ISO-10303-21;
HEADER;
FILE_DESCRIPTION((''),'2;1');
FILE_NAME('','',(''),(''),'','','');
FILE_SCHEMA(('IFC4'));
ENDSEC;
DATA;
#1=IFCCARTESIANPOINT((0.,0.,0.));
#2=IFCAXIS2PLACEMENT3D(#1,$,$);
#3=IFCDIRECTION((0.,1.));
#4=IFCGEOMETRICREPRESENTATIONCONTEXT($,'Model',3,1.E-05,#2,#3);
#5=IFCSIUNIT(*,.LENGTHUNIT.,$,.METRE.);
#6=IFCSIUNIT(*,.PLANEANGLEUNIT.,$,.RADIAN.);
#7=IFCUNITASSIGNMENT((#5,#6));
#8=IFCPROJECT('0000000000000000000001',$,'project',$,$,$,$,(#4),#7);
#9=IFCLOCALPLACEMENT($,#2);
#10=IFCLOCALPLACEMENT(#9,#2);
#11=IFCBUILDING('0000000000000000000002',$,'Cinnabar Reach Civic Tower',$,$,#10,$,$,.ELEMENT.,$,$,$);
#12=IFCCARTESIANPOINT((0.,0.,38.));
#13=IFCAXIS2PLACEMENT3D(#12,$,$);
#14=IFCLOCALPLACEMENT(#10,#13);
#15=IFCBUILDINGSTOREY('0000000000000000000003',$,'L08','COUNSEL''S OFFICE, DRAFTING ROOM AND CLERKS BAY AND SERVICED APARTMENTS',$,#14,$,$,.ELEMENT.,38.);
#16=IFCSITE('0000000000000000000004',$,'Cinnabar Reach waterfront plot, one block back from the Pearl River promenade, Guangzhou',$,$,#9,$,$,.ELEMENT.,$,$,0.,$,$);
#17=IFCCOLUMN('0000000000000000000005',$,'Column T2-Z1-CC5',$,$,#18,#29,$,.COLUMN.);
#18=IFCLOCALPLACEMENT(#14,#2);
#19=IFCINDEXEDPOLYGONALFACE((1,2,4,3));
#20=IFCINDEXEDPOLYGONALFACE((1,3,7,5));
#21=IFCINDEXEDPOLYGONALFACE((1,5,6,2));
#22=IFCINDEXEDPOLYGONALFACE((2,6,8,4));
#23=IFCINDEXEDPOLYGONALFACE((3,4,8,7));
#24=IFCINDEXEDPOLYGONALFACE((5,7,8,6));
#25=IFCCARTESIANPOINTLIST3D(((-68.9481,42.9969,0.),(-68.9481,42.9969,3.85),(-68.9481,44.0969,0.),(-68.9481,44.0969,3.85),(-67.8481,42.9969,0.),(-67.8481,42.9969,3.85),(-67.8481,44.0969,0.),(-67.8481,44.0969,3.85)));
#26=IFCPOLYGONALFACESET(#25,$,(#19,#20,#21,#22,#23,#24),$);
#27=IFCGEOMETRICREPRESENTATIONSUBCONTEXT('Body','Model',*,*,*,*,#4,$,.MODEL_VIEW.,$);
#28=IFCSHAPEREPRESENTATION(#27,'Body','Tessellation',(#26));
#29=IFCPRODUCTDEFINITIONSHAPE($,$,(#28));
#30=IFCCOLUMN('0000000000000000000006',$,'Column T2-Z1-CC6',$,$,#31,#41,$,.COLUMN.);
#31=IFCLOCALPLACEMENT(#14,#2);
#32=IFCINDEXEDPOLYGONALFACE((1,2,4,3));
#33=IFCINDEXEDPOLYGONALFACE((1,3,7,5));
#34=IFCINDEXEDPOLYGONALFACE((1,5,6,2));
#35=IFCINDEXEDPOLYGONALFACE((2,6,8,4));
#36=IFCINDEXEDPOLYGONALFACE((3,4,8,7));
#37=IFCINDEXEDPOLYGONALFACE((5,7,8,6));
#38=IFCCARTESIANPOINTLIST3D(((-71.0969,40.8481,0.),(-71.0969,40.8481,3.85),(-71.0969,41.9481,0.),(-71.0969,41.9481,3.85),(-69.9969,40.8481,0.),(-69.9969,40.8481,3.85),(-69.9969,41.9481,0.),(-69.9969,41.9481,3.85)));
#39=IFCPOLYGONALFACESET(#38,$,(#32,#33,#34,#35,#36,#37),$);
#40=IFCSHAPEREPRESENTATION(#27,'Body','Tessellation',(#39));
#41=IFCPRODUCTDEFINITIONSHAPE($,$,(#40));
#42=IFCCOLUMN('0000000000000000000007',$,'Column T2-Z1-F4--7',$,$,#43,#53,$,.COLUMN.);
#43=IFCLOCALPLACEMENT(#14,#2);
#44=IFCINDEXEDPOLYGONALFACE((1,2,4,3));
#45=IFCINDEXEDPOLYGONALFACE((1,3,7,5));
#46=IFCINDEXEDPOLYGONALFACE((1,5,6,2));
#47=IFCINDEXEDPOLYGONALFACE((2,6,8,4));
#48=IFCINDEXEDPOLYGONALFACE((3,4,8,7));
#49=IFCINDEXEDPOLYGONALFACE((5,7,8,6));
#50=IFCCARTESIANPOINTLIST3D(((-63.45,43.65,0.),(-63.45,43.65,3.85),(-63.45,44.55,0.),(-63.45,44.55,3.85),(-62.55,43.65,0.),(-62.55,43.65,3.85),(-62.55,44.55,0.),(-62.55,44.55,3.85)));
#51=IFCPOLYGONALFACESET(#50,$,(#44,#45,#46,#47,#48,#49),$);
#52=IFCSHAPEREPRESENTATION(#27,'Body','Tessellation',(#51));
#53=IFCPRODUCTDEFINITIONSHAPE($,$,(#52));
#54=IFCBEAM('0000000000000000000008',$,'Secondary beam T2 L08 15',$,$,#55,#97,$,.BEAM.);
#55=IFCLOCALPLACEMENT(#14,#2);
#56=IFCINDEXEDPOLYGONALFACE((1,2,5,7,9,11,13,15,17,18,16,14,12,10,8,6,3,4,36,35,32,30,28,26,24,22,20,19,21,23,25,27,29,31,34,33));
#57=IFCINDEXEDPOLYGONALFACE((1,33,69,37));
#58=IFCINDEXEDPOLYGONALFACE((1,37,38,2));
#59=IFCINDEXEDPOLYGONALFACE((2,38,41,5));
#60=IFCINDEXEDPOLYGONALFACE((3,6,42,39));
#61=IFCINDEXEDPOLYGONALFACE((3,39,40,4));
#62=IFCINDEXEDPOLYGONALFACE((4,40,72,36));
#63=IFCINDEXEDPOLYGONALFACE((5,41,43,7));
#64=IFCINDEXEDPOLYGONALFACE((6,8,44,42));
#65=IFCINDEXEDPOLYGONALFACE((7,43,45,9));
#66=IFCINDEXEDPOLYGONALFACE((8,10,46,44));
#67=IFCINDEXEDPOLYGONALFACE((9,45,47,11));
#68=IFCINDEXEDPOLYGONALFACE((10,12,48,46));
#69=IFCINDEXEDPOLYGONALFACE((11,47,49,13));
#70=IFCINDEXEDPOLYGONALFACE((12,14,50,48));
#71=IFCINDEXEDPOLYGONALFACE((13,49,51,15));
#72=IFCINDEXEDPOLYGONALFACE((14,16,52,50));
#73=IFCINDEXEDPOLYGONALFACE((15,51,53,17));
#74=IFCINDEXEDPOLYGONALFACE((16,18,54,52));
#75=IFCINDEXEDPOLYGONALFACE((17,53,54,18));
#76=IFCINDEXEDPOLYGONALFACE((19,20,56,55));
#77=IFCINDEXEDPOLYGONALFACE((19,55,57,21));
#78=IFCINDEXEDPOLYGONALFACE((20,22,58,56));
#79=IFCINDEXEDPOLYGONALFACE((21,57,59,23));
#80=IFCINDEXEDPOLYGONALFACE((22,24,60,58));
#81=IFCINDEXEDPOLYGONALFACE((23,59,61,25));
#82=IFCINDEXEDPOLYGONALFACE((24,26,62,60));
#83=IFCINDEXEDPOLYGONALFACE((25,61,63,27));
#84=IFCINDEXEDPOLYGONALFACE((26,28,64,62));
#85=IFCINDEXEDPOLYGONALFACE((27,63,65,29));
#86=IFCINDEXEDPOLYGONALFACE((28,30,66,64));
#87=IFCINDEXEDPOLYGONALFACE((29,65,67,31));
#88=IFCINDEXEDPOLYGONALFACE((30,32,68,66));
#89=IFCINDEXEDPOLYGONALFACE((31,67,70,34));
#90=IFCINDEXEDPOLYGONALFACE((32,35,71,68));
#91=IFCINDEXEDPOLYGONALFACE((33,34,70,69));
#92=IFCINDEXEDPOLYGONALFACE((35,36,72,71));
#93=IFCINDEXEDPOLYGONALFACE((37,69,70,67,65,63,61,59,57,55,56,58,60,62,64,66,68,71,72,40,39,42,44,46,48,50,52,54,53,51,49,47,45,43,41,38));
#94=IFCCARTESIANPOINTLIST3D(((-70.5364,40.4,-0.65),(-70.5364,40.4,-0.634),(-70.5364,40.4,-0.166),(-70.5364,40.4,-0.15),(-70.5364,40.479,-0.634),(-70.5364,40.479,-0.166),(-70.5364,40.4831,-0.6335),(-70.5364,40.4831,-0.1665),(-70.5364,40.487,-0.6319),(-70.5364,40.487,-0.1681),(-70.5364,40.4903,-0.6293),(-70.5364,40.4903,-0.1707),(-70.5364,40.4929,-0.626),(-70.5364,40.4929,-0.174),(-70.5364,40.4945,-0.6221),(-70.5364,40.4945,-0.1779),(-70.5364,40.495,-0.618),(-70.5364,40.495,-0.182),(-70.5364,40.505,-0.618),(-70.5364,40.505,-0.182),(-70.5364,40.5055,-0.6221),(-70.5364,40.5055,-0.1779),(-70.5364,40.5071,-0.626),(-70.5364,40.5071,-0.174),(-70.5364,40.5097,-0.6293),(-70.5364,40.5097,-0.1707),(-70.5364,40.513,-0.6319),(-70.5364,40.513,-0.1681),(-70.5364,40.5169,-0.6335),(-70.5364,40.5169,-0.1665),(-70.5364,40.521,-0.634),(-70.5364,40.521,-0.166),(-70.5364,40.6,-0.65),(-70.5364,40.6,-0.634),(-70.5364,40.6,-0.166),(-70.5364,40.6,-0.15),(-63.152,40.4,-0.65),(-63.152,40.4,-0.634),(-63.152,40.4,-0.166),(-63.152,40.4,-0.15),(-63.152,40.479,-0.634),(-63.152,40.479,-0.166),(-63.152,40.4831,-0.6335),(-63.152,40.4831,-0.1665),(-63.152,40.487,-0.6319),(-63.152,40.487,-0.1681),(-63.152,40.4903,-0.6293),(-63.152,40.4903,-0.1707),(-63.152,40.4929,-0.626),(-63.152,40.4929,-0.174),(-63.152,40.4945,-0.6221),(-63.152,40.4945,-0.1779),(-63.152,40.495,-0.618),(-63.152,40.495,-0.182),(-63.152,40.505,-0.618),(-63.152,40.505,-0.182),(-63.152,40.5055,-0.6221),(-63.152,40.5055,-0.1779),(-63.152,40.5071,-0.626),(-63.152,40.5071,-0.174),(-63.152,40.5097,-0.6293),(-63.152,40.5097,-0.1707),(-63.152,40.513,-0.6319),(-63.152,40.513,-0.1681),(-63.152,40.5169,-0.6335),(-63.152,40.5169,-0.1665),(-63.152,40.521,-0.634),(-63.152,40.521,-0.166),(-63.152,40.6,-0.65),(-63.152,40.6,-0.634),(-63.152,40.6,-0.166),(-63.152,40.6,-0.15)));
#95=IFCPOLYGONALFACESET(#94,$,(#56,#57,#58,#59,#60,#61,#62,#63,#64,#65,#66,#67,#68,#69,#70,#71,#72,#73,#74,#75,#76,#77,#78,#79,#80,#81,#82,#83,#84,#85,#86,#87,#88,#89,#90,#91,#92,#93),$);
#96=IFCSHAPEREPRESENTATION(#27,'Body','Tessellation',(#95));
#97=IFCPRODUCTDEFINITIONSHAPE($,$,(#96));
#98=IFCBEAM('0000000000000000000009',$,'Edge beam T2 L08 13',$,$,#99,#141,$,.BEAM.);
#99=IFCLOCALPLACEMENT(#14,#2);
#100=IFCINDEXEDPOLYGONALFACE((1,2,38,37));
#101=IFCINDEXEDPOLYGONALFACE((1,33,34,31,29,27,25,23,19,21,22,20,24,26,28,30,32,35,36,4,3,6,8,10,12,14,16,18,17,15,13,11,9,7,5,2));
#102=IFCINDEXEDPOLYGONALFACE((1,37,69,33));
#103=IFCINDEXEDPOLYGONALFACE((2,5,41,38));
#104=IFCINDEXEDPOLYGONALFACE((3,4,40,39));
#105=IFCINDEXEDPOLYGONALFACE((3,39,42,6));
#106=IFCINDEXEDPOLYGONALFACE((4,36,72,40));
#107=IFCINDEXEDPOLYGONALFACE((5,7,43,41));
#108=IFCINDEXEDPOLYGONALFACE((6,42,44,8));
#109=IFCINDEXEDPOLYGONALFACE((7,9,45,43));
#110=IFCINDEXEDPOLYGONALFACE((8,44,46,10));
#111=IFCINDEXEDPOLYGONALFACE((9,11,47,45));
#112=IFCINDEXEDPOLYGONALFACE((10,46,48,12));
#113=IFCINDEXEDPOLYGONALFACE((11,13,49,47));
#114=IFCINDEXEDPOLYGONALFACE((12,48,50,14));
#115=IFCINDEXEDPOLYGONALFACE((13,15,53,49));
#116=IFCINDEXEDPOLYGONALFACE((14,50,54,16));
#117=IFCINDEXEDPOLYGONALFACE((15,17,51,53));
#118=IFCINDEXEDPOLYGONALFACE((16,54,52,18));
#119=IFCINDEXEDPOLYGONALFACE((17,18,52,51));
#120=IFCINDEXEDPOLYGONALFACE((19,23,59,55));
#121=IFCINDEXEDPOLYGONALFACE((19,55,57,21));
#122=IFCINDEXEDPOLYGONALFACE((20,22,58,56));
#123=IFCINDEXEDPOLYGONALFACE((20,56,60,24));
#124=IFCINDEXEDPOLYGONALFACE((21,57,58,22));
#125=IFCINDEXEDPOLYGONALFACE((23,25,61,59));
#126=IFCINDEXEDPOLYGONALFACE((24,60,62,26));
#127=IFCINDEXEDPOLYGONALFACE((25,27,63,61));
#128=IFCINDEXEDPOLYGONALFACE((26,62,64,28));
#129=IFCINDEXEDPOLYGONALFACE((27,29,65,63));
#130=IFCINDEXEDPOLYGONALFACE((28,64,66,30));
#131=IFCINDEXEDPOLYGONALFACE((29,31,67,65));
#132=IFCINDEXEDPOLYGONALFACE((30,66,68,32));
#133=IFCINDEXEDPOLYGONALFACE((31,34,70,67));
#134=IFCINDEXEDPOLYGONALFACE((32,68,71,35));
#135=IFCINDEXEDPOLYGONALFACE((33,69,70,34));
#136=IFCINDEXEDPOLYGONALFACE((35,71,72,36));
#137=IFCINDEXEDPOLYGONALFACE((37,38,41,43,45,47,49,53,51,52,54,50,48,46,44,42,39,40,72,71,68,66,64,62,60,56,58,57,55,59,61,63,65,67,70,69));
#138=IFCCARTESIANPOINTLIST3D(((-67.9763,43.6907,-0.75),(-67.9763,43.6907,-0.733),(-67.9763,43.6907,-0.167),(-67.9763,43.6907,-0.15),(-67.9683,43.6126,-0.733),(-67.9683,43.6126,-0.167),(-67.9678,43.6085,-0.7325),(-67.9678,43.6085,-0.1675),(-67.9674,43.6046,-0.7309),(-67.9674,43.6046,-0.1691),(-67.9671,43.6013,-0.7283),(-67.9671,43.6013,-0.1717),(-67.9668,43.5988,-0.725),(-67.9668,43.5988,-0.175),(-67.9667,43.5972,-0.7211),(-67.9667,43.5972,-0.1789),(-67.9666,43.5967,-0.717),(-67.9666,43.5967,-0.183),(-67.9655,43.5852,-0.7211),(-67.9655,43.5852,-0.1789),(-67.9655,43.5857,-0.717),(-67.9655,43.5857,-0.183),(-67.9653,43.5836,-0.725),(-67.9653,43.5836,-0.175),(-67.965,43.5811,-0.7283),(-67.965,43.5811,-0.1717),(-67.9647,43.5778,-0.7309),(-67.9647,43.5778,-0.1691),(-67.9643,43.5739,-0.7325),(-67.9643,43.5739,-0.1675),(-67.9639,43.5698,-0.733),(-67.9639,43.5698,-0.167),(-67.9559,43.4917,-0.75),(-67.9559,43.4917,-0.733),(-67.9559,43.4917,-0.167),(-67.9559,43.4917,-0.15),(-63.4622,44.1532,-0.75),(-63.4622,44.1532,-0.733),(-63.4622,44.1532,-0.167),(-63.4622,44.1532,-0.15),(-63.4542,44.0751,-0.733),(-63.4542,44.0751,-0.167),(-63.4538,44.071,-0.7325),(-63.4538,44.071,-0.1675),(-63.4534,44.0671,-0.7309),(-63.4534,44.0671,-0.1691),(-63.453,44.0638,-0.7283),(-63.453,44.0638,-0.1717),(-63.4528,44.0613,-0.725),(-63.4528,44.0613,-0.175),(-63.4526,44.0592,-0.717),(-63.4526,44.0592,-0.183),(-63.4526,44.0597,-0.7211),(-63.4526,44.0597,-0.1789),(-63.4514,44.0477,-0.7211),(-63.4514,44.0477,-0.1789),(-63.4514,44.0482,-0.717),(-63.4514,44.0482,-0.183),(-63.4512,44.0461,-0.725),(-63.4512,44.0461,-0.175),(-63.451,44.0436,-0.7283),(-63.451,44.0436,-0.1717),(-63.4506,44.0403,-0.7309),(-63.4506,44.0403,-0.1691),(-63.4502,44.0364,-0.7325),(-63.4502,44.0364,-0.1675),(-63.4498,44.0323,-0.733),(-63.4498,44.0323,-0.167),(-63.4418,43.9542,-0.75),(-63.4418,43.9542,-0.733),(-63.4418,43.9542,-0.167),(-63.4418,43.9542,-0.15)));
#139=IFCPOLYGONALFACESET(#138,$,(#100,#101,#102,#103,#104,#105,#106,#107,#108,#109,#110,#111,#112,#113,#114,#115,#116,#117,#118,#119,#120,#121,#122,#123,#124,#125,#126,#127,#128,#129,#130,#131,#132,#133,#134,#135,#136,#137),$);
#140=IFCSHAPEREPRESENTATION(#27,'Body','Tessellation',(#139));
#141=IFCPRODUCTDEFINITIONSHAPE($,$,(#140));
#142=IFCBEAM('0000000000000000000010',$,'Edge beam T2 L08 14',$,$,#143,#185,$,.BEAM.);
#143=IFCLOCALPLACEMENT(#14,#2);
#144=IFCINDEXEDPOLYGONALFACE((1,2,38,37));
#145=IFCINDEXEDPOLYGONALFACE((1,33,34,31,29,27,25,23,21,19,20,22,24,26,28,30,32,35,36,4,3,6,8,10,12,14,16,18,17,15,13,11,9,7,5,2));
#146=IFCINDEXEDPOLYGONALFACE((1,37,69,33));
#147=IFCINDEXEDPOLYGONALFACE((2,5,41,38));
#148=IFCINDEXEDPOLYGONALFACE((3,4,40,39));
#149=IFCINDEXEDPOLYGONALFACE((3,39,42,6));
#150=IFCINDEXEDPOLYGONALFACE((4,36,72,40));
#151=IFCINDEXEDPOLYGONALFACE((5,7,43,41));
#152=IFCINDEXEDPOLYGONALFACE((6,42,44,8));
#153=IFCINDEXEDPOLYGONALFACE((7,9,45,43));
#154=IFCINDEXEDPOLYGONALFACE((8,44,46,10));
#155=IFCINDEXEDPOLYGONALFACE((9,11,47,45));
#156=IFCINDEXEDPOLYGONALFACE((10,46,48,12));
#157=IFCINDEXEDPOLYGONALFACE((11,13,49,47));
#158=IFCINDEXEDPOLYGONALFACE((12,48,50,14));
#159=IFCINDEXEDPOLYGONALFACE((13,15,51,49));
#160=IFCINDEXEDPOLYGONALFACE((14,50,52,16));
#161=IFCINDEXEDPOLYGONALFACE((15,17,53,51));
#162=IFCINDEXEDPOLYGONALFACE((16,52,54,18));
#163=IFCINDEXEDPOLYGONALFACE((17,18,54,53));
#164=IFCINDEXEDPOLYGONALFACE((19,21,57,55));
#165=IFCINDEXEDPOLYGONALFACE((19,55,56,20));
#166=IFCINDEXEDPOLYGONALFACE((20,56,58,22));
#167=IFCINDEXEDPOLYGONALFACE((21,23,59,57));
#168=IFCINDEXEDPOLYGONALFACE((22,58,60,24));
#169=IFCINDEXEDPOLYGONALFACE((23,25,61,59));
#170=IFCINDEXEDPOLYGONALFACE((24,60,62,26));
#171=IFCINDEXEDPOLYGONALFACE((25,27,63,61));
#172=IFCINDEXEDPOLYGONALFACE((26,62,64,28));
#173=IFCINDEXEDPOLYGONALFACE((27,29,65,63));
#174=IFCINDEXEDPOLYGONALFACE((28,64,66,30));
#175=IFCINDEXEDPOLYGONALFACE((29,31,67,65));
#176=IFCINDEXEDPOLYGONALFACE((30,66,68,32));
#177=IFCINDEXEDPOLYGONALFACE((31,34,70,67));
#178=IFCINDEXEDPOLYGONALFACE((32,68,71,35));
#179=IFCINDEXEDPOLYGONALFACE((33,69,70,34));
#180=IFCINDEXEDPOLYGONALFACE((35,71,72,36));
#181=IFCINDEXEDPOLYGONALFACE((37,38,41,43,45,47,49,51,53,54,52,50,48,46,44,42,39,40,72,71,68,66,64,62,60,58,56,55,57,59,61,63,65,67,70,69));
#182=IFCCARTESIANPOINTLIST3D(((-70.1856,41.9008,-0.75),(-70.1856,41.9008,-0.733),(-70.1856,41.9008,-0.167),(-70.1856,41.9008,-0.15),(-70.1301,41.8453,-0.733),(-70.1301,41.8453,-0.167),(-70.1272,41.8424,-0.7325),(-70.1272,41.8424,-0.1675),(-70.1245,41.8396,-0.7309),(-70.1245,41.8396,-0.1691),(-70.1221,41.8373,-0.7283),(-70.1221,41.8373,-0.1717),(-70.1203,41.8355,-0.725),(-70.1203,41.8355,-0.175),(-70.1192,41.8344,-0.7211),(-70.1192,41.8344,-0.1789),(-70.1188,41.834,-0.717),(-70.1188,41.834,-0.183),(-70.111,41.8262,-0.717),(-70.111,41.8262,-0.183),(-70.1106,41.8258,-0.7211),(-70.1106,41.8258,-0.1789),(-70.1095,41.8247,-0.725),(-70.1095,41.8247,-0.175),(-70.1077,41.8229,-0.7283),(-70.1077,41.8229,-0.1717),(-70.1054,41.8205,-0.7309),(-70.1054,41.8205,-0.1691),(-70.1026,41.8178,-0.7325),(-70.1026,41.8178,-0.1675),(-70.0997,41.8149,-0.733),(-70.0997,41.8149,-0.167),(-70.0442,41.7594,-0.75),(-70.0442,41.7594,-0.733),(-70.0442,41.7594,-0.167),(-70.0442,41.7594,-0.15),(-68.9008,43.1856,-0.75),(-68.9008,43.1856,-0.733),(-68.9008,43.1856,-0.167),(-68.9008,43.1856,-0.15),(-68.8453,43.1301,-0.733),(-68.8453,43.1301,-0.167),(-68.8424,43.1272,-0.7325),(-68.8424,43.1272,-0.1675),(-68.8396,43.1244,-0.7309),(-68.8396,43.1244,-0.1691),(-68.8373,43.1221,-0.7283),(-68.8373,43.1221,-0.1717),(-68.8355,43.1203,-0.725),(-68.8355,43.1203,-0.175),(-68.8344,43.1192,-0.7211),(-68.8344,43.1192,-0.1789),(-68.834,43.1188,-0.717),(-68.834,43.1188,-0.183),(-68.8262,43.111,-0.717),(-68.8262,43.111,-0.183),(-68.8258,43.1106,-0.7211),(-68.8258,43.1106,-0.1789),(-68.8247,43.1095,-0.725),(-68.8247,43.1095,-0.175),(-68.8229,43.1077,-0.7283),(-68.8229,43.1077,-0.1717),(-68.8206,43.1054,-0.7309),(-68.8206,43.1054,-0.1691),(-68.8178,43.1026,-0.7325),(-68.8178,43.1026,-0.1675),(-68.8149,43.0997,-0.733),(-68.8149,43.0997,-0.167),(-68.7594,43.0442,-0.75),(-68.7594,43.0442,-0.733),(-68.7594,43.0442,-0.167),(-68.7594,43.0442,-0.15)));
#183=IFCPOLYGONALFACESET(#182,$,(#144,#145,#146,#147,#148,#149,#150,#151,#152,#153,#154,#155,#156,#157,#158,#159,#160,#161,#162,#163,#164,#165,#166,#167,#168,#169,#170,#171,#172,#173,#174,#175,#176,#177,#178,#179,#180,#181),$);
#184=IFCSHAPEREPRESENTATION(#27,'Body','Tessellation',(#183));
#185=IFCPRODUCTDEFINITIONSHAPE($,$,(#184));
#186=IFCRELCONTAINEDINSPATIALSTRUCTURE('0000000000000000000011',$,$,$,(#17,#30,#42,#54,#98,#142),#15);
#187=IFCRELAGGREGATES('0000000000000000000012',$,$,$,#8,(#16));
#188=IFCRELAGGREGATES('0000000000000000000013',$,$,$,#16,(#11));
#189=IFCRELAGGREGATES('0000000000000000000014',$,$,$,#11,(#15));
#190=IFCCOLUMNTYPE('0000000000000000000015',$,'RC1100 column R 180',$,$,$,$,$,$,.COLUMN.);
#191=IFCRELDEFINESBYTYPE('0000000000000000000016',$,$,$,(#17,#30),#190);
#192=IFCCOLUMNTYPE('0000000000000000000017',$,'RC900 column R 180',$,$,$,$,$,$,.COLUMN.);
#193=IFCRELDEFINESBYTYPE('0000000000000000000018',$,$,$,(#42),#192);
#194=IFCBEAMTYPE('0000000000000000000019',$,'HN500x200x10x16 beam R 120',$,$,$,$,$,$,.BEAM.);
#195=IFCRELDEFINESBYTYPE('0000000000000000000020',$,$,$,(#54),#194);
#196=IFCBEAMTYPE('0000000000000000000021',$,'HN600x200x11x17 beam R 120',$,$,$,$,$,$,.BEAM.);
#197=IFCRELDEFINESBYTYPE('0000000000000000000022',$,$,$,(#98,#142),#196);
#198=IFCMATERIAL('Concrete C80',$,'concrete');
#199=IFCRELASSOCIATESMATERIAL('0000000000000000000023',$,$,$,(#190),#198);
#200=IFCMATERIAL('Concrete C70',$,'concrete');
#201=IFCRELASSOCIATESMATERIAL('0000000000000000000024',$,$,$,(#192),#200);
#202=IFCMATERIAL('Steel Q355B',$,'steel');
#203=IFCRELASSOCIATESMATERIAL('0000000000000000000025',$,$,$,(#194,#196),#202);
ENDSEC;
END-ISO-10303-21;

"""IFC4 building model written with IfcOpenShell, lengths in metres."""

from ifc_helpers import new_model, si_unit, direction, frame, origin, origin_2d, place, context, subcontext, project, spatial, rectangle, i_section, extrude, material, material_profile, profile_set, type_object, element, save


model = new_model("IFC4")

# Units and contexts
model_context = context("Model", 3, precision=1e-05, world=origin(), true_north=direction((0.0, 1.0)))
body_context = subcontext(model_context, "Body", "Model", "MODEL_VIEW")
ifc_project = project(units=[si_unit("LENGTHUNIT", "METRE"), si_unit("PLANEANGLEUNIT", "RADIAN")], contexts=[model_context])

# Site, building, storey
site_placement = place(None, origin())
site = spatial("IfcSite", under=ifc_project, at=site_placement, Name="Cinnabar Reach waterfront plot, one block back from the Pearl River promenade, Guangzhou", CompositionType="ELEMENT", RefElevation=0.0)
building_placement = place(site_placement, origin())
building = spatial("IfcBuilding", under=site, at=building_placement, Name="Cinnabar Reach Civic Tower", CompositionType="ELEMENT")
storey_placement = place(building_placement, frame((0.0, 0.0, 38.0)))
storey = spatial("IfcBuildingStorey", under=building, at=storey_placement, Name="L08", Description="COUNSEL'S OFFICE, DRAFTING ROOM AND CLERKS BAY AND SERVICED APARTMENTS", CompositionType="ELEMENT", Elevation=38.0)

# Columns
ifc_material_1 = material(Name="Concrete C80", Category="concrete")
ifc_material_profile_1 = material_profile(ifc_material_1, rectangle(XDim=1.1, YDim=1.1, at=origin_2d()), Name="RC1100")
ifc_profile_set_1 = profile_set([ifc_material_profile_1], Name="Concrete C80")
column_type_1 = type_object("IfcColumnType", Name="RC1100 column R 180", PredefinedType="COLUMN", material=ifc_profile_set_1)
for number, where, z_axis, x_axis, name in (
    (1, (-68.3981, 43.5469, 0.0), (0.0, 0.0, 1.0), (1.0, 0.0, 0.0), "Column T2-Z1-CC5"),
    (2, (-70.5469, 41.3981, 0.0), (0.0, 0.0, 1.0), (1.0, 0.0, 0.0), "Column T2-Z1-CC6"),
):
    element("IfcColumn", number, at=place(storey_placement, frame(where, z_axis=z_axis, x_axis=x_axis)), inside=storey, type_object=column_type_1, Name=name, PredefinedType="COLUMN", context=body_context, shape_type="SweptSolid", body=[
        extrude(rectangle(XDim=1.1, YDim=1.1, at=origin_2d()), origin(), (0.0, 0.0, 1.0), 3.85),
    ])
ifc_material_2 = material(Name="Concrete C70", Category="concrete")
ifc_material_profile_2 = material_profile(ifc_material_2, rectangle(XDim=0.9, YDim=0.9, at=origin_2d()), Name="RC900")
ifc_profile_set_2 = profile_set([ifc_material_profile_2], Name="Concrete C70")
column_type_2 = type_object("IfcColumnType", Name="RC900 column R 180", PredefinedType="COLUMN", material=ifc_profile_set_2)
column_placement = place(storey_placement, frame((-63.0, 44.1, 0.0), z_axis=(0.0, 0.0, 1.0), x_axis=(1.0, 0.0, 0.0)))
element("IfcColumn", 3, at=column_placement, inside=storey, type_object=column_type_2, Name="Column T2-Z1-F4--7", PredefinedType="COLUMN", context=body_context, shape_type="SweptSolid", body=[
    extrude(rectangle(XDim=0.9, YDim=0.9, at=origin_2d()), origin(), (0.0, 0.0, 1.0), 3.85),
])

# Beams
ifc_material_3 = material(Name="Steel Q355B", Category="steel")
ifc_material_profile_3 = material_profile(ifc_material_3, i_section(OverallWidth=0.2, OverallDepth=0.5, WebThickness=0.01, FlangeThickness=0.016, FilletRadius=0.016, at=origin_2d()), Name="HN500x200x10x16")
ifc_profile_set_3 = profile_set([ifc_material_profile_3], Name="Steel Q355B")
beam_type_1 = type_object("IfcBeamType", Name="HN500x200x10x16 beam R 120", PredefinedType="BEAM", material=ifc_profile_set_3)
beam_1_placement = place(storey_placement, frame((-70.5364, 40.5, -0.4), z_axis=(1.0, 0.0, 0.0), x_axis=(0.0, 1.0, 0.0)))
element("IfcBeam", 4, at=beam_1_placement, inside=storey, type_object=beam_type_1, Name="Secondary beam T2 L08 15", PredefinedType="BEAM", context=body_context, shape_type="SweptSolid", body=[
    extrude(i_section(OverallWidth=0.2, OverallDepth=0.5, WebThickness=0.01, FlangeThickness=0.016, FilletRadius=0.016, at=origin_2d()), origin(), (0.0, 0.0, 1.0), 7.3844),
])
ifc_material_profile_4 = material_profile(ifc_material_3, i_section(OverallWidth=0.2, OverallDepth=0.6, WebThickness=0.011, FlangeThickness=0.017, FilletRadius=0.016, at=origin_2d()), Name="HN600x200x11x17")
ifc_profile_set_4 = profile_set([ifc_material_profile_4], Name="Steel Q355B")
beam_type_2 = type_object("IfcBeamType", Name="HN600x200x11x17 beam R 120", PredefinedType="BEAM", material=ifc_profile_set_4)
beam_2_placement = place(storey_placement, frame((-63.452, 44.0537, -0.45), z_axis=(-0.994792, -0.101923, 0.0), x_axis=(0.101923, -0.994792, 0.0)))
element("IfcBeam", 5, at=beam_2_placement, inside=storey, type_object=beam_type_2, Name="Edge beam T2 L08 13", PredefinedType="BEAM", context=body_context, shape_type="SweptSolid", body=[
    extrude(i_section(OverallWidth=0.2, OverallDepth=0.6, WebThickness=0.011, FlangeThickness=0.017, FilletRadius=0.016, at=origin_2d()), origin(), (0.0, 0.0, 1.0), 4.5377),
])
beam_3_placement = place(storey_placement, frame((-68.8301, 43.1149, -0.45), z_axis=(-0.707107, -0.707107, 0.0), x_axis=(0.707107, -0.707107, 0.0)))
element("IfcBeam", 6, at=beam_3_placement, inside=storey, type_object=beam_type_2, Name="Edge beam T2 L08 14", PredefinedType="BEAM", context=body_context, shape_type="SweptSolid", body=[
    extrude(i_section(OverallWidth=0.2, OverallDepth=0.6, WebThickness=0.011, FlangeThickness=0.017, FilletRadius=0.016, at=origin_2d()), origin(), (0.0, 0.0, 1.0), 1.817),
])

save(model, "model.ifc")
